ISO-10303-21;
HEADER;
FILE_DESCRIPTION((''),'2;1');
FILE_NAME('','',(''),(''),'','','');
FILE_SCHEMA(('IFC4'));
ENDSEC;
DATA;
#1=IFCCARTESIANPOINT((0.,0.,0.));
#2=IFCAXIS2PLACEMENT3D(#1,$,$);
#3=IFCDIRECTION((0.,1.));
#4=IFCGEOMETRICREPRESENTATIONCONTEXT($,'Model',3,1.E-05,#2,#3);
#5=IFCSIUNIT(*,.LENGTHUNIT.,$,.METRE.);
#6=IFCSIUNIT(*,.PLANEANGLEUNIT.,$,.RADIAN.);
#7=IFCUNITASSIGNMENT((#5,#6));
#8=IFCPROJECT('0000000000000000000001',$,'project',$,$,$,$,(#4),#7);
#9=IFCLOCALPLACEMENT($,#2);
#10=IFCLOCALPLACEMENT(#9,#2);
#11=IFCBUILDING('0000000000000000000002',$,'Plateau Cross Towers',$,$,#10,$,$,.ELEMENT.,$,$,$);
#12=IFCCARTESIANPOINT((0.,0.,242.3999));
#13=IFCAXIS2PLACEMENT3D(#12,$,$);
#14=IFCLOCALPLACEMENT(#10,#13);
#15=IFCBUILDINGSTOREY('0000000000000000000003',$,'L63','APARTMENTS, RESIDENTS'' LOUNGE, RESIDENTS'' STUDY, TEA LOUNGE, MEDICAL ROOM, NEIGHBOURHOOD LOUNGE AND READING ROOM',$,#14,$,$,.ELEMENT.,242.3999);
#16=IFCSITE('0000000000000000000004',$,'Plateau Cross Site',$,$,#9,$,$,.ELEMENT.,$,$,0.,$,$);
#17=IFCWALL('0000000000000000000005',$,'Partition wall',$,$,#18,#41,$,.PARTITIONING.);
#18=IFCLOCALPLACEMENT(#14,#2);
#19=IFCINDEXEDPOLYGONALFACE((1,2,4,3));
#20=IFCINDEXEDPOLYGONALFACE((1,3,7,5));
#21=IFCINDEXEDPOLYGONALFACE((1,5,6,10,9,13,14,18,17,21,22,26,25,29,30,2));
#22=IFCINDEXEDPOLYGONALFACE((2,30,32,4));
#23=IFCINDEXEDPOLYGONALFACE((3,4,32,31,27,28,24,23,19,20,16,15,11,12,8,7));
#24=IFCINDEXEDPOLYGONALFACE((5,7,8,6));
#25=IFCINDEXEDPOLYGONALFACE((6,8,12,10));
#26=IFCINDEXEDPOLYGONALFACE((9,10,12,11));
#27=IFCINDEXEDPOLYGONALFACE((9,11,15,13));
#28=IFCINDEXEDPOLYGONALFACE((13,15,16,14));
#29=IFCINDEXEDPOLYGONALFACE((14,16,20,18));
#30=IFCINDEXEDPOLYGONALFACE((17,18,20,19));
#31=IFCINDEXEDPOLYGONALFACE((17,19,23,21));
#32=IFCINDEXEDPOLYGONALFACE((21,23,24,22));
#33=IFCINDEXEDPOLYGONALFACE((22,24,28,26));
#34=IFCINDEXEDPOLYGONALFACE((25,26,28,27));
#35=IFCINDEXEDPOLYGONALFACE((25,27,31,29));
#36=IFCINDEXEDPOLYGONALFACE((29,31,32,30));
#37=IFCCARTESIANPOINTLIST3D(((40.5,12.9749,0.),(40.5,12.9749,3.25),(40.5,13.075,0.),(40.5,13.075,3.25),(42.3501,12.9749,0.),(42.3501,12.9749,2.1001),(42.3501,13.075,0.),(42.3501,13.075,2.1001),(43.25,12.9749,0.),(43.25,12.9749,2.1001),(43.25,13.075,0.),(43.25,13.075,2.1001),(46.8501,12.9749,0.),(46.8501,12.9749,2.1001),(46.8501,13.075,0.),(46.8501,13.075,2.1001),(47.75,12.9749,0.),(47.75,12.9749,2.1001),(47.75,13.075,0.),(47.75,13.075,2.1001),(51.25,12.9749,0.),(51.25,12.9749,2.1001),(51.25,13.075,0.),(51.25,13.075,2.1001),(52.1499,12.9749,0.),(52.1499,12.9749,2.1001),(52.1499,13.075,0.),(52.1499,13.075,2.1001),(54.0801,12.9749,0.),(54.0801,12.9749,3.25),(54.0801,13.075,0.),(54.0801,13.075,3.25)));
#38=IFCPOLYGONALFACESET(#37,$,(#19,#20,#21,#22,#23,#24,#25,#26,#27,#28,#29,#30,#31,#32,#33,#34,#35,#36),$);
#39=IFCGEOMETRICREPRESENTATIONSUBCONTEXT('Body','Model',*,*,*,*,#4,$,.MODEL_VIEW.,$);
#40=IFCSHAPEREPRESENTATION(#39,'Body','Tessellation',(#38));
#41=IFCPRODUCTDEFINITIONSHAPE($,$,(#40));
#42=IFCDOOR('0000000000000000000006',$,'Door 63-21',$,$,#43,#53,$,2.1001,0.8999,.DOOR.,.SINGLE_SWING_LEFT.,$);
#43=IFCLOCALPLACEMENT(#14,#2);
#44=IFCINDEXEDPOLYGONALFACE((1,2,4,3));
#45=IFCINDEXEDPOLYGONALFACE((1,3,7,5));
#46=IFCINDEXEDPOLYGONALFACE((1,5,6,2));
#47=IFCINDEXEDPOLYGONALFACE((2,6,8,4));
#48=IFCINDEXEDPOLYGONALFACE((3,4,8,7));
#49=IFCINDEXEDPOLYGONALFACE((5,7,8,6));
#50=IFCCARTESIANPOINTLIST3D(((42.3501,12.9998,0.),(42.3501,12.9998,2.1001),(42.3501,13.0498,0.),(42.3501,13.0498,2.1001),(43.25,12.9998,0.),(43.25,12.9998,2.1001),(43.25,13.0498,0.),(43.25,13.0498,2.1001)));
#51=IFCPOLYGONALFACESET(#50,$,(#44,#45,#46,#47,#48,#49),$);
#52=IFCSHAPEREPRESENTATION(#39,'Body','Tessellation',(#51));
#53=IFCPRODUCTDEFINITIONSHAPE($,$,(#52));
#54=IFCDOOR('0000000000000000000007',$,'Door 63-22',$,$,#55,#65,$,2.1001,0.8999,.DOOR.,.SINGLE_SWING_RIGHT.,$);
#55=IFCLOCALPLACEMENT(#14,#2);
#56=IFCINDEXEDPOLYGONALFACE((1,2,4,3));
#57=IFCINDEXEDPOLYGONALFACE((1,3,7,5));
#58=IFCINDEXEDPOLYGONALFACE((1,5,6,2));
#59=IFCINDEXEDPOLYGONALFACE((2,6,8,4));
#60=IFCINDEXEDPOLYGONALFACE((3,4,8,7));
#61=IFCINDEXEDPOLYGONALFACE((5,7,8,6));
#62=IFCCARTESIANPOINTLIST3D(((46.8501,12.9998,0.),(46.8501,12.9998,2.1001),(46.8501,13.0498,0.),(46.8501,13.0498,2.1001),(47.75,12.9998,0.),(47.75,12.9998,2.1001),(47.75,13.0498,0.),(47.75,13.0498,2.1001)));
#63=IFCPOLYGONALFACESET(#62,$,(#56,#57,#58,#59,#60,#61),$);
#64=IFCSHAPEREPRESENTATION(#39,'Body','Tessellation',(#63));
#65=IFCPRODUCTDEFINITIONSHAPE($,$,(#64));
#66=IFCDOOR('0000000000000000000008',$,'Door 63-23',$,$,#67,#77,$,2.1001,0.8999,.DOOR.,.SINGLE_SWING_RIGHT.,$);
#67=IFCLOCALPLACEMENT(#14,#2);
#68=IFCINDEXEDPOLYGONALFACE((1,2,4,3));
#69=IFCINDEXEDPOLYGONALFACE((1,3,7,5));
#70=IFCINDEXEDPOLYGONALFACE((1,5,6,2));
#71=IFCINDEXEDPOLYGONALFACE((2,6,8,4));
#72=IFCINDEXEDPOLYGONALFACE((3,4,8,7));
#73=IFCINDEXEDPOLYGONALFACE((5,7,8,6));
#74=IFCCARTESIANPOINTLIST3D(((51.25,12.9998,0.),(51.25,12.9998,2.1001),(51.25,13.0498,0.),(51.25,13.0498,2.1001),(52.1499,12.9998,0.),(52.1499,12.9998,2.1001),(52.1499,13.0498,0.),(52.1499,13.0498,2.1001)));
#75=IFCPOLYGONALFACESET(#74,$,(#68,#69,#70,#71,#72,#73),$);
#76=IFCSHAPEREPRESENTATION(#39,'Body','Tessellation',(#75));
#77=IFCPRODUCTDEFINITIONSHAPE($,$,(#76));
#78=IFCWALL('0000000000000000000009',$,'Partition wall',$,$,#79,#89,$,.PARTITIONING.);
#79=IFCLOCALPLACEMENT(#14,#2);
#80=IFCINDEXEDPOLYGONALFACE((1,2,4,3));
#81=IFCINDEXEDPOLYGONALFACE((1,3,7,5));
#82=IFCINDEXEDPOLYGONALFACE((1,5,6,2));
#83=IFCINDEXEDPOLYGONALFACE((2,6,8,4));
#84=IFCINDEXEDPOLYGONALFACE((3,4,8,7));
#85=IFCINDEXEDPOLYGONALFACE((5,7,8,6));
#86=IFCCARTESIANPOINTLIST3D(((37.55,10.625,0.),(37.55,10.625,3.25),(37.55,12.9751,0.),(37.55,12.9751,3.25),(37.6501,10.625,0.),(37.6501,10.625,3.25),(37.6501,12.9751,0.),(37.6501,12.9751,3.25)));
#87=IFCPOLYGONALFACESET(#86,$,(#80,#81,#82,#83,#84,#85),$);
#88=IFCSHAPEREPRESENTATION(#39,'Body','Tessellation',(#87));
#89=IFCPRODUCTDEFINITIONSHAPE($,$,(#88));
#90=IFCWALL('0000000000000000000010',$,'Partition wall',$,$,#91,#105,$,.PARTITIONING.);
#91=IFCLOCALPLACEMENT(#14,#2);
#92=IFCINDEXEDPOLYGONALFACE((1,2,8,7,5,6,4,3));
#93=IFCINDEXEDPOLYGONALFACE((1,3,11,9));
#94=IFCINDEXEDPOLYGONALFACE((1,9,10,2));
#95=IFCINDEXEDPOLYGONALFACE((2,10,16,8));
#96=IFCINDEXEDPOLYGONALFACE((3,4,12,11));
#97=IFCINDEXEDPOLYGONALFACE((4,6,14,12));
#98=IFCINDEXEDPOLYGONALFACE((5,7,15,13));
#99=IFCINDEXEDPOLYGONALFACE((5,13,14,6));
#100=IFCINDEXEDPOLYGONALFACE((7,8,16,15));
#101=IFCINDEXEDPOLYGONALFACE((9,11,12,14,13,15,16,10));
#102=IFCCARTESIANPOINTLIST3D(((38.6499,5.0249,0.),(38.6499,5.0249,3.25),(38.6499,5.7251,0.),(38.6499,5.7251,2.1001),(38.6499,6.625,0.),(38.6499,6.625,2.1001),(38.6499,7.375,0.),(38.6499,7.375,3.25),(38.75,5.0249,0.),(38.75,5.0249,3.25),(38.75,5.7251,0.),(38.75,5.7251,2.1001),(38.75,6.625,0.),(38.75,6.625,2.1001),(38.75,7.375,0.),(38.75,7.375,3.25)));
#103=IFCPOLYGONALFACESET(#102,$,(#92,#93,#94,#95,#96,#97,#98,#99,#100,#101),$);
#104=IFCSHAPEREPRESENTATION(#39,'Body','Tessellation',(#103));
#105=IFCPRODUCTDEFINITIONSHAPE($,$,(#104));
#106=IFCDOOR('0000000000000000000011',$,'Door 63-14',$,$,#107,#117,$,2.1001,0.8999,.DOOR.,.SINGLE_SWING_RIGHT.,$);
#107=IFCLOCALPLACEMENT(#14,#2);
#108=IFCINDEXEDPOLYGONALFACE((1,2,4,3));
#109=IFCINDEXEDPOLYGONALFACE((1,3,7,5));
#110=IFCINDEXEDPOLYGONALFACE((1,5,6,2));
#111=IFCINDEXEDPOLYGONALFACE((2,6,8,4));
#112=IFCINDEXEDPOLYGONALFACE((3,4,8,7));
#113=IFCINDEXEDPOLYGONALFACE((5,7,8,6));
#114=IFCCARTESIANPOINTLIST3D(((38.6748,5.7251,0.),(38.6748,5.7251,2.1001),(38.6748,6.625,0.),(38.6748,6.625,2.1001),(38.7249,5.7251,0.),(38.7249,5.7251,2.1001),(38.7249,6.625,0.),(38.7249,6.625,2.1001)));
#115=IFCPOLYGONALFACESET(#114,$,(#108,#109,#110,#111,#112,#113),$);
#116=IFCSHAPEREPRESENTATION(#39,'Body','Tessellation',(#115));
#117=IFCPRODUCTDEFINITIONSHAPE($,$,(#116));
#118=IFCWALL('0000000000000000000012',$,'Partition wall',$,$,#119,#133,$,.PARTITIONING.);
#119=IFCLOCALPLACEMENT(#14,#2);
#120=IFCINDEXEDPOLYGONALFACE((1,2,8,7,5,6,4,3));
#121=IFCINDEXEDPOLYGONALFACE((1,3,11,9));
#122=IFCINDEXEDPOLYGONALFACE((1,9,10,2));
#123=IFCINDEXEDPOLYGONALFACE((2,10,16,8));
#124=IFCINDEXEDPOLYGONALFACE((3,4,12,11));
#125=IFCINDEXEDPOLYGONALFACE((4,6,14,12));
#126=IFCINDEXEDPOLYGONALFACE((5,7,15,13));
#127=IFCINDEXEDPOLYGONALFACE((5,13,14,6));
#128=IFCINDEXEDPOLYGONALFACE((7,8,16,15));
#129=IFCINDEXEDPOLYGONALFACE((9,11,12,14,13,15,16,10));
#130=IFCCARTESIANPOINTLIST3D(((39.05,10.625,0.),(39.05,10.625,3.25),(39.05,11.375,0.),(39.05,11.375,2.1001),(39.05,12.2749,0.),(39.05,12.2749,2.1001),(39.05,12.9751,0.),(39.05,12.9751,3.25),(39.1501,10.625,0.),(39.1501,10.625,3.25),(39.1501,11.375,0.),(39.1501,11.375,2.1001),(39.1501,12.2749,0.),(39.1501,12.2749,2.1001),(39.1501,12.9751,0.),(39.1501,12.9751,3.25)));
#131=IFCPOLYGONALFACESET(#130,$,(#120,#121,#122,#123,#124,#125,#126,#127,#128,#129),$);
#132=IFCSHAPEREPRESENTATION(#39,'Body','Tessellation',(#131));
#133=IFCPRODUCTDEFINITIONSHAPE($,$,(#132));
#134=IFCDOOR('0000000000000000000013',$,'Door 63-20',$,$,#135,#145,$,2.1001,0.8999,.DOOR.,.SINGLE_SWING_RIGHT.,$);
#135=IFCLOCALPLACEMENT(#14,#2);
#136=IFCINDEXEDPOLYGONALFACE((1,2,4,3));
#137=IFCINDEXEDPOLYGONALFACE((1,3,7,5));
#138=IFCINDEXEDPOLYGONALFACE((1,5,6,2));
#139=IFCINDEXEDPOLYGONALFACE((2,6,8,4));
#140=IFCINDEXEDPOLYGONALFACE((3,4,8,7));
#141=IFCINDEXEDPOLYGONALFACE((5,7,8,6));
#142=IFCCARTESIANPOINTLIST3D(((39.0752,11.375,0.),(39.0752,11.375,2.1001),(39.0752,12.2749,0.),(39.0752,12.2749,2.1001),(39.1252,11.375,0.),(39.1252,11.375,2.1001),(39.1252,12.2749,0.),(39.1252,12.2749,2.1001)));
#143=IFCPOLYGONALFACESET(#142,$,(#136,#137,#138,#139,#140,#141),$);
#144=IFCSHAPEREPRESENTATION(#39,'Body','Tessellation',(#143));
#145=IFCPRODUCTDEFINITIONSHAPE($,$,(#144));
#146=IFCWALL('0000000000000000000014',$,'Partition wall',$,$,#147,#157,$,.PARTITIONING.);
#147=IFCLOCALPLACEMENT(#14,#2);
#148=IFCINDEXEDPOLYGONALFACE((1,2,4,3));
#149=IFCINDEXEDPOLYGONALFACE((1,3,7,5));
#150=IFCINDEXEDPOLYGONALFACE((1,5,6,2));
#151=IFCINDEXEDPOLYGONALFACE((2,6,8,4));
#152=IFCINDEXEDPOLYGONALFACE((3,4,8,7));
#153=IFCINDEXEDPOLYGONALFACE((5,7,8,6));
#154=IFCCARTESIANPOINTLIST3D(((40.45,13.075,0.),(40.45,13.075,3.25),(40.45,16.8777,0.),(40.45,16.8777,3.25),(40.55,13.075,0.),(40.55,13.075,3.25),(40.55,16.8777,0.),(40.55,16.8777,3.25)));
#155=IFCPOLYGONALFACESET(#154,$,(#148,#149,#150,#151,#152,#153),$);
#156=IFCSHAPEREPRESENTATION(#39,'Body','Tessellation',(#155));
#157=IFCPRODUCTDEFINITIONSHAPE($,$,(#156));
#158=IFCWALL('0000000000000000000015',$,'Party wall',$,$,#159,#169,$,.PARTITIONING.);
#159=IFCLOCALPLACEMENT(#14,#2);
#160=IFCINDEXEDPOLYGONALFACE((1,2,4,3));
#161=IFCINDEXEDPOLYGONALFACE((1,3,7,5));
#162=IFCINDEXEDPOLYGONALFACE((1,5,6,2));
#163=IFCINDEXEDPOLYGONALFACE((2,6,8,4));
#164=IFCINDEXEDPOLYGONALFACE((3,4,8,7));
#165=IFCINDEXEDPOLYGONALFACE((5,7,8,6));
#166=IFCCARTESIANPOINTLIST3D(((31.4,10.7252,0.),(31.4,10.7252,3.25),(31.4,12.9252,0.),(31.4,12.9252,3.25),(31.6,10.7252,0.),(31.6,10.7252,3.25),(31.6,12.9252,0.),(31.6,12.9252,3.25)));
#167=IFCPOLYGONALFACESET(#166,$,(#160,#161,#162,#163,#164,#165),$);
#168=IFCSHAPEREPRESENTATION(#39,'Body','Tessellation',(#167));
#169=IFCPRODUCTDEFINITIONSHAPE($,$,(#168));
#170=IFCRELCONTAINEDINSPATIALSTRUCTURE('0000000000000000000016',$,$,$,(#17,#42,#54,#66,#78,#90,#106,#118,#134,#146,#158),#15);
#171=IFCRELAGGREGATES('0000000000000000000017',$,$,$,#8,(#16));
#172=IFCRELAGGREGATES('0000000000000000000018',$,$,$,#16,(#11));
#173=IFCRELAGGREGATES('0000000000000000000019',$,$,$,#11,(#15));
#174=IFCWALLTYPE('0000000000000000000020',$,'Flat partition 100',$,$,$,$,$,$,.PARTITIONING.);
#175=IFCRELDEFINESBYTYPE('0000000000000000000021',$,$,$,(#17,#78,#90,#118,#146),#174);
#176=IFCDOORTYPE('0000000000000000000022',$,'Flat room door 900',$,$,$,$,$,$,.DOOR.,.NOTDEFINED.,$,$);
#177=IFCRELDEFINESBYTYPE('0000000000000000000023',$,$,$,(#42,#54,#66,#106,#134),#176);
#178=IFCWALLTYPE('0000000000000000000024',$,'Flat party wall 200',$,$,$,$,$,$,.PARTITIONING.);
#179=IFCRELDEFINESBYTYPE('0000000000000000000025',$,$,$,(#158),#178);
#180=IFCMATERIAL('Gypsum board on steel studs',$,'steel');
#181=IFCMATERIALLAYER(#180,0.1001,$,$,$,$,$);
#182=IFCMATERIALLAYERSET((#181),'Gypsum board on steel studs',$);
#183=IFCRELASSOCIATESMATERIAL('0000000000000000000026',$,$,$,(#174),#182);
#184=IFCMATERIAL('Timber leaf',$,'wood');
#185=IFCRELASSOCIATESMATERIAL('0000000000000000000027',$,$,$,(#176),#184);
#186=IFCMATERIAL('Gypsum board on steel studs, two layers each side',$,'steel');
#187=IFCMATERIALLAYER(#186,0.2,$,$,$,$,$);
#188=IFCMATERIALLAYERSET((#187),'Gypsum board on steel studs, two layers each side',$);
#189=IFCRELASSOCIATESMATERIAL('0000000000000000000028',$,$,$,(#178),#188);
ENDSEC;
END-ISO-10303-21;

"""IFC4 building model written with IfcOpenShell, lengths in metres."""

from ifc_helpers import new_model, si_unit, direction, frame, frame_2d, origin, place, context, subcontext, project, spatial, rectangle, extrude, material, layer, layer_set, type_object, element, fill, save


model = new_model("IFC4")

# Units and contexts
model_context = context("Model", 3, precision=1e-05, world=origin(), true_north=direction((0.0, 1.0)))
body_context = subcontext(model_context, "Body", "Model", "MODEL_VIEW")
ifc_project = project(units=[si_unit("LENGTHUNIT", "METRE"), si_unit("PLANEANGLEUNIT", "RADIAN")], contexts=[model_context])

# Site, building, storey
site_placement = place(None, origin())
site = spatial("IfcSite", under=ifc_project, at=site_placement, Name="Plateau Cross Site", CompositionType="ELEMENT", RefElevation=0.0)
building_placement = place(site_placement, origin())
building = spatial("IfcBuilding", under=site, at=building_placement, Name="Plateau Cross Towers", CompositionType="ELEMENT")
storey_placement = place(building_placement, frame((0.0, 0.0, 242.3999)))
storey = spatial("IfcBuildingStorey", under=building, at=storey_placement, Name="L63", Description="APARTMENTS, RESIDENTS' LOUNGE, RESIDENTS' STUDY, TEA LOUNGE, MEDICAL ROOM, NEIGHBOURHOOD LOUNGE AND READING ROOM", CompositionType="ELEMENT", Elevation=242.3999)

# Shared definitions
ifc_material_1 = material(Name="Gypsum board on steel studs", Category="steel")
ifc_layer_1 = layer(ifc_material_1, 0.1001)
ifc_layer_set_1 = layer_set([ifc_layer_1], Name="Gypsum board on steel studs")
wall_type_1 = type_object("IfcWallType", Name="Flat partition 100", PredefinedType="PARTITIONING", material=ifc_layer_set_1)
ifc_material_2 = material(Name="Timber leaf", Category="wood")
door_type_1 = type_object("IfcDoorType", Name="Flat room door 900", OperationType="NOTDEFINED", PredefinedType="DOOR", material=ifc_material_2)

# Wall, openings, doors
wall_1_placement = place(storey_placement, frame((40.5, 13.0249, 0.0), z_axis=(0.0, 0.0, 1.0), x_axis=(1.0, 0.0, 0.0)))
wall_1 = element("IfcWall", 1, at=wall_1_placement, inside=storey, type_object=wall_type_1, Name="Partition wall", PredefinedType="PARTITIONING", context=body_context, shape_type="SweptSolid", body=[
    extrude(rectangle(XDim=13.5801, YDim=0.1001, at=frame_2d((6.79, 0.0))), origin(), (0.0, 0.0, 1.0), 3.25),
])
opening_1_placement = place(wall_1_placement, frame((1.8501, 0.0, 0.0)))
opening_1 = element("IfcOpeningElement", 2, at=opening_1_placement, cuts=wall_1, PredefinedType="OPENING", context=body_context, shape_type="SweptSolid", body=[
    extrude(rectangle(XDim=0.8999, YDim=2.1001, at=frame_2d((0.45, 1.05))), frame((0.0, 0.0601, 0.0), z_axis=(0.0, -1.0, 0.0), x_axis=(1.0, 0.0, 0.0)), (0.0, 0.0, 1.0), 0.1201),
])
opening_2_placement = place(wall_1_placement, frame((6.3501, 0.0, 0.0)))
opening_2 = element("IfcOpeningElement", 3, at=opening_2_placement, cuts=wall_1, PredefinedType="OPENING", context=body_context, shape_type="SweptSolid", body=[
    extrude(rectangle(XDim=0.8999, YDim=2.1001, at=frame_2d((0.45, 1.05))), frame((0.0, 0.0601, 0.0), z_axis=(0.0, -1.0, 0.0), x_axis=(1.0, 0.0, 0.0)), (0.0, 0.0, 1.0), 0.1201),
])
opening_3_placement = place(wall_1_placement, frame((10.75, 0.0, 0.0)))
opening_3 = element("IfcOpeningElement", 4, at=opening_3_placement, cuts=wall_1, PredefinedType="OPENING", context=body_context, shape_type="SweptSolid", body=[
    extrude(rectangle(XDim=0.8999, YDim=2.1001, at=frame_2d((0.45, 1.05))), frame((0.0, 0.0601, 0.0), z_axis=(0.0, -1.0, 0.0), x_axis=(1.0, 0.0, 0.0)), (0.0, 0.0, 1.0), 0.1201),
])
door_1_placement = place(opening_1_placement, origin())
door_1 = element("IfcDoor", 5, at=door_1_placement, inside=storey, type_object=door_type_1, Name="Door 63-21", OperationType="SINGLE_SWING_LEFT", OverallHeight=2.1001, OverallWidth=0.8999, PredefinedType="DOOR", context=body_context, shape_type="SweptSolid", body=[
    extrude(rectangle(XDim=0.8999, YDim=2.1001, at=frame_2d((0.45, 1.05))), frame((0.0, 0.0249, 0.0), z_axis=(0.0, -1.0, 0.0), x_axis=(1.0, 0.0, 0.0)), (0.0, 0.0, 1.0), 0.05),
])
fill(opening_1, door_1)
door_2_placement = place(opening_2_placement, origin())
door_2 = element("IfcDoor", 6, at=door_2_placement, inside=storey, type_object=door_type_1, Name="Door 63-22", OperationType="SINGLE_SWING_RIGHT", OverallHeight=2.1001, OverallWidth=0.8999, PredefinedType="DOOR", context=body_context, shape_type="SweptSolid", body=[
    extrude(rectangle(XDim=0.8999, YDim=2.1001, at=frame_2d((0.45, 1.05))), frame((0.0, 0.0249, 0.0), z_axis=(0.0, -1.0, 0.0), x_axis=(1.0, 0.0, 0.0)), (0.0, 0.0, 1.0), 0.05),
])
fill(opening_2, door_2)
door_3_placement = place(opening_3_placement, origin())
door_3 = element("IfcDoor", 7, at=door_3_placement, inside=storey, type_object=door_type_1, Name="Door 63-23", OperationType="SINGLE_SWING_RIGHT", OverallHeight=2.1001, OverallWidth=0.8999, PredefinedType="DOOR", context=body_context, shape_type="SweptSolid", body=[
    extrude(rectangle(XDim=0.8999, YDim=2.1001, at=frame_2d((0.45, 1.05))), frame((0.0, 0.0249, 0.0), z_axis=(0.0, -1.0, 0.0), x_axis=(1.0, 0.0, 0.0)), (0.0, 0.0, 1.0), 0.05),
])
fill(opening_3, door_3)

# Wall
wall_2_placement = place(storey_placement, frame((37.6001, 10.625, 0.0), z_axis=(0.0, 0.0, 1.0), x_axis=(0.0, 1.0, 0.0)))
element("IfcWall", 8, at=wall_2_placement, inside=storey, type_object=wall_type_1, Name="Partition wall", PredefinedType="PARTITIONING", context=body_context, shape_type="SweptSolid", body=[
    extrude(rectangle(XDim=2.3501, YDim=0.1001, at=frame_2d((1.175, 0.0))), origin(), (0.0, 0.0, 1.0), 3.25),
])

# Walls, openings, doors
wall_3_placement = place(storey_placement, frame((38.7, 7.375, 0.0), z_axis=(0.0, 0.0, 1.0), x_axis=(0.0, -1.0, 0.0)))
wall_3 = element("IfcWall", 9, at=wall_3_placement, inside=storey, type_object=wall_type_1, Name="Partition wall", PredefinedType="PARTITIONING", context=body_context, shape_type="SweptSolid", body=[
    extrude(rectangle(XDim=2.3501, YDim=0.1001, at=frame_2d((1.175, 0.0))), origin(), (0.0, 0.0, 1.0), 3.25),
])
opening_4_placement = place(wall_3_placement, frame((0.75, 0.0, 0.0)))
opening_4 = element("IfcOpeningElement", 10, at=opening_4_placement, cuts=wall_3, PredefinedType="OPENING", context=body_context, shape_type="SweptSolid", body=[
    extrude(rectangle(XDim=0.8999, YDim=2.1001, at=frame_2d((0.45, 1.05))), frame((0.0, 0.0601, 0.0), z_axis=(0.0, -1.0, 0.0), x_axis=(1.0, 0.0, 0.0)), (0.0, 0.0, 1.0), 0.1201),
])
door_4_placement = place(opening_4_placement, origin())
door_4 = element("IfcDoor", 11, at=door_4_placement, inside=storey, type_object=door_type_1, Name="Door 63-14", OperationType="SINGLE_SWING_RIGHT", OverallHeight=2.1001, OverallWidth=0.8999, PredefinedType="DOOR", context=body_context, shape_type="SweptSolid", body=[
    extrude(rectangle(XDim=0.8999, YDim=2.1001, at=frame_2d((0.45, 1.05))), frame((0.0, 0.0249, 0.0), z_axis=(0.0, -1.0, 0.0), x_axis=(1.0, 0.0, 0.0)), (0.0, 0.0, 1.0), 0.05),
])
fill(opening_4, door_4)
wall_4_placement = place(storey_placement, frame((39.1001, 10.625, 0.0), z_axis=(0.0, 0.0, 1.0), x_axis=(0.0, 1.0, 0.0)))
wall_4 = element("IfcWall", 12, at=wall_4_placement, inside=storey, type_object=wall_type_1, Name="Partition wall", PredefinedType="PARTITIONING", context=body_context, shape_type="SweptSolid", body=[
    extrude(rectangle(XDim=2.3501, YDim=0.1001, at=frame_2d((1.175, 0.0))), origin(), (0.0, 0.0, 1.0), 3.25),
])
opening_5_placement = place(wall_4_placement, frame((0.75, 0.0, 0.0)))
opening_5 = element("IfcOpeningElement", 13, at=opening_5_placement, cuts=wall_4, PredefinedType="OPENING", context=body_context, shape_type="SweptSolid", body=[
    extrude(rectangle(XDim=0.8999, YDim=2.1001, at=frame_2d((0.45, 1.05))), frame((0.0, 0.0601, 0.0), z_axis=(0.0, -1.0, 0.0), x_axis=(1.0, 0.0, 0.0)), (0.0, 0.0, 1.0), 0.1201),
])
door_5_placement = place(opening_5_placement, origin())
door_5 = element("IfcDoor", 14, at=door_5_placement, inside=storey, type_object=door_type_1, Name="Door 63-20", OperationType="SINGLE_SWING_RIGHT", OverallHeight=2.1001, OverallWidth=0.8999, PredefinedType="DOOR", context=body_context, shape_type="SweptSolid", body=[
    extrude(rectangle(XDim=0.8999, YDim=2.1001, at=frame_2d((0.45, 1.05))), frame((0.0, 0.0249, 0.0), z_axis=(0.0, -1.0, 0.0), x_axis=(1.0, 0.0, 0.0)), (0.0, 0.0, 1.0), 0.05),
])
fill(opening_5, door_5)

# Walls
wall_5_placement = place(storey_placement, frame((40.5, 16.8777, 0.0), z_axis=(0.0, 0.0, 1.0), x_axis=(0.0, -1.0, 0.0)))
element("IfcWall", 15, at=wall_5_placement, inside=storey, type_object=wall_type_1, Name="Partition wall", PredefinedType="PARTITIONING", context=body_context, shape_type="SweptSolid", body=[
    extrude(rectangle(XDim=3.8027, YDim=0.1001, at=frame_2d((1.9014, 0.0))), origin(), (0.0, 0.0, 1.0), 3.25),
])
ifc_material_3 = material(Name="Gypsum board on steel studs, two layers each side", Category="steel")
ifc_layer_2 = layer(ifc_material_3, 0.2)
ifc_layer_set_2 = layer_set([ifc_layer_2], Name="Gypsum board on steel studs, two layers each side")
wall_type_2 = type_object("IfcWallType", Name="Flat party wall 200", PredefinedType="PARTITIONING", material=ifc_layer_set_2)
wall_6_placement = place(storey_placement, frame((31.5, 10.7251, 0.0), z_axis=(0.0, 0.0, 1.0), x_axis=(0.0, 1.0, 0.0)))
element("IfcWall", 16, at=wall_6_placement, inside=storey, type_object=wall_type_2, Name="Party wall", PredefinedType="PARTITIONING", context=body_context, shape_type="SweptSolid", body=[
    extrude(rectangle(XDim=2.2, YDim=0.2, at=frame_2d((1.1001, 0.0))), origin(), (0.0, 0.0, 1.0), 3.25),
])

save(model, "model.ifc")
